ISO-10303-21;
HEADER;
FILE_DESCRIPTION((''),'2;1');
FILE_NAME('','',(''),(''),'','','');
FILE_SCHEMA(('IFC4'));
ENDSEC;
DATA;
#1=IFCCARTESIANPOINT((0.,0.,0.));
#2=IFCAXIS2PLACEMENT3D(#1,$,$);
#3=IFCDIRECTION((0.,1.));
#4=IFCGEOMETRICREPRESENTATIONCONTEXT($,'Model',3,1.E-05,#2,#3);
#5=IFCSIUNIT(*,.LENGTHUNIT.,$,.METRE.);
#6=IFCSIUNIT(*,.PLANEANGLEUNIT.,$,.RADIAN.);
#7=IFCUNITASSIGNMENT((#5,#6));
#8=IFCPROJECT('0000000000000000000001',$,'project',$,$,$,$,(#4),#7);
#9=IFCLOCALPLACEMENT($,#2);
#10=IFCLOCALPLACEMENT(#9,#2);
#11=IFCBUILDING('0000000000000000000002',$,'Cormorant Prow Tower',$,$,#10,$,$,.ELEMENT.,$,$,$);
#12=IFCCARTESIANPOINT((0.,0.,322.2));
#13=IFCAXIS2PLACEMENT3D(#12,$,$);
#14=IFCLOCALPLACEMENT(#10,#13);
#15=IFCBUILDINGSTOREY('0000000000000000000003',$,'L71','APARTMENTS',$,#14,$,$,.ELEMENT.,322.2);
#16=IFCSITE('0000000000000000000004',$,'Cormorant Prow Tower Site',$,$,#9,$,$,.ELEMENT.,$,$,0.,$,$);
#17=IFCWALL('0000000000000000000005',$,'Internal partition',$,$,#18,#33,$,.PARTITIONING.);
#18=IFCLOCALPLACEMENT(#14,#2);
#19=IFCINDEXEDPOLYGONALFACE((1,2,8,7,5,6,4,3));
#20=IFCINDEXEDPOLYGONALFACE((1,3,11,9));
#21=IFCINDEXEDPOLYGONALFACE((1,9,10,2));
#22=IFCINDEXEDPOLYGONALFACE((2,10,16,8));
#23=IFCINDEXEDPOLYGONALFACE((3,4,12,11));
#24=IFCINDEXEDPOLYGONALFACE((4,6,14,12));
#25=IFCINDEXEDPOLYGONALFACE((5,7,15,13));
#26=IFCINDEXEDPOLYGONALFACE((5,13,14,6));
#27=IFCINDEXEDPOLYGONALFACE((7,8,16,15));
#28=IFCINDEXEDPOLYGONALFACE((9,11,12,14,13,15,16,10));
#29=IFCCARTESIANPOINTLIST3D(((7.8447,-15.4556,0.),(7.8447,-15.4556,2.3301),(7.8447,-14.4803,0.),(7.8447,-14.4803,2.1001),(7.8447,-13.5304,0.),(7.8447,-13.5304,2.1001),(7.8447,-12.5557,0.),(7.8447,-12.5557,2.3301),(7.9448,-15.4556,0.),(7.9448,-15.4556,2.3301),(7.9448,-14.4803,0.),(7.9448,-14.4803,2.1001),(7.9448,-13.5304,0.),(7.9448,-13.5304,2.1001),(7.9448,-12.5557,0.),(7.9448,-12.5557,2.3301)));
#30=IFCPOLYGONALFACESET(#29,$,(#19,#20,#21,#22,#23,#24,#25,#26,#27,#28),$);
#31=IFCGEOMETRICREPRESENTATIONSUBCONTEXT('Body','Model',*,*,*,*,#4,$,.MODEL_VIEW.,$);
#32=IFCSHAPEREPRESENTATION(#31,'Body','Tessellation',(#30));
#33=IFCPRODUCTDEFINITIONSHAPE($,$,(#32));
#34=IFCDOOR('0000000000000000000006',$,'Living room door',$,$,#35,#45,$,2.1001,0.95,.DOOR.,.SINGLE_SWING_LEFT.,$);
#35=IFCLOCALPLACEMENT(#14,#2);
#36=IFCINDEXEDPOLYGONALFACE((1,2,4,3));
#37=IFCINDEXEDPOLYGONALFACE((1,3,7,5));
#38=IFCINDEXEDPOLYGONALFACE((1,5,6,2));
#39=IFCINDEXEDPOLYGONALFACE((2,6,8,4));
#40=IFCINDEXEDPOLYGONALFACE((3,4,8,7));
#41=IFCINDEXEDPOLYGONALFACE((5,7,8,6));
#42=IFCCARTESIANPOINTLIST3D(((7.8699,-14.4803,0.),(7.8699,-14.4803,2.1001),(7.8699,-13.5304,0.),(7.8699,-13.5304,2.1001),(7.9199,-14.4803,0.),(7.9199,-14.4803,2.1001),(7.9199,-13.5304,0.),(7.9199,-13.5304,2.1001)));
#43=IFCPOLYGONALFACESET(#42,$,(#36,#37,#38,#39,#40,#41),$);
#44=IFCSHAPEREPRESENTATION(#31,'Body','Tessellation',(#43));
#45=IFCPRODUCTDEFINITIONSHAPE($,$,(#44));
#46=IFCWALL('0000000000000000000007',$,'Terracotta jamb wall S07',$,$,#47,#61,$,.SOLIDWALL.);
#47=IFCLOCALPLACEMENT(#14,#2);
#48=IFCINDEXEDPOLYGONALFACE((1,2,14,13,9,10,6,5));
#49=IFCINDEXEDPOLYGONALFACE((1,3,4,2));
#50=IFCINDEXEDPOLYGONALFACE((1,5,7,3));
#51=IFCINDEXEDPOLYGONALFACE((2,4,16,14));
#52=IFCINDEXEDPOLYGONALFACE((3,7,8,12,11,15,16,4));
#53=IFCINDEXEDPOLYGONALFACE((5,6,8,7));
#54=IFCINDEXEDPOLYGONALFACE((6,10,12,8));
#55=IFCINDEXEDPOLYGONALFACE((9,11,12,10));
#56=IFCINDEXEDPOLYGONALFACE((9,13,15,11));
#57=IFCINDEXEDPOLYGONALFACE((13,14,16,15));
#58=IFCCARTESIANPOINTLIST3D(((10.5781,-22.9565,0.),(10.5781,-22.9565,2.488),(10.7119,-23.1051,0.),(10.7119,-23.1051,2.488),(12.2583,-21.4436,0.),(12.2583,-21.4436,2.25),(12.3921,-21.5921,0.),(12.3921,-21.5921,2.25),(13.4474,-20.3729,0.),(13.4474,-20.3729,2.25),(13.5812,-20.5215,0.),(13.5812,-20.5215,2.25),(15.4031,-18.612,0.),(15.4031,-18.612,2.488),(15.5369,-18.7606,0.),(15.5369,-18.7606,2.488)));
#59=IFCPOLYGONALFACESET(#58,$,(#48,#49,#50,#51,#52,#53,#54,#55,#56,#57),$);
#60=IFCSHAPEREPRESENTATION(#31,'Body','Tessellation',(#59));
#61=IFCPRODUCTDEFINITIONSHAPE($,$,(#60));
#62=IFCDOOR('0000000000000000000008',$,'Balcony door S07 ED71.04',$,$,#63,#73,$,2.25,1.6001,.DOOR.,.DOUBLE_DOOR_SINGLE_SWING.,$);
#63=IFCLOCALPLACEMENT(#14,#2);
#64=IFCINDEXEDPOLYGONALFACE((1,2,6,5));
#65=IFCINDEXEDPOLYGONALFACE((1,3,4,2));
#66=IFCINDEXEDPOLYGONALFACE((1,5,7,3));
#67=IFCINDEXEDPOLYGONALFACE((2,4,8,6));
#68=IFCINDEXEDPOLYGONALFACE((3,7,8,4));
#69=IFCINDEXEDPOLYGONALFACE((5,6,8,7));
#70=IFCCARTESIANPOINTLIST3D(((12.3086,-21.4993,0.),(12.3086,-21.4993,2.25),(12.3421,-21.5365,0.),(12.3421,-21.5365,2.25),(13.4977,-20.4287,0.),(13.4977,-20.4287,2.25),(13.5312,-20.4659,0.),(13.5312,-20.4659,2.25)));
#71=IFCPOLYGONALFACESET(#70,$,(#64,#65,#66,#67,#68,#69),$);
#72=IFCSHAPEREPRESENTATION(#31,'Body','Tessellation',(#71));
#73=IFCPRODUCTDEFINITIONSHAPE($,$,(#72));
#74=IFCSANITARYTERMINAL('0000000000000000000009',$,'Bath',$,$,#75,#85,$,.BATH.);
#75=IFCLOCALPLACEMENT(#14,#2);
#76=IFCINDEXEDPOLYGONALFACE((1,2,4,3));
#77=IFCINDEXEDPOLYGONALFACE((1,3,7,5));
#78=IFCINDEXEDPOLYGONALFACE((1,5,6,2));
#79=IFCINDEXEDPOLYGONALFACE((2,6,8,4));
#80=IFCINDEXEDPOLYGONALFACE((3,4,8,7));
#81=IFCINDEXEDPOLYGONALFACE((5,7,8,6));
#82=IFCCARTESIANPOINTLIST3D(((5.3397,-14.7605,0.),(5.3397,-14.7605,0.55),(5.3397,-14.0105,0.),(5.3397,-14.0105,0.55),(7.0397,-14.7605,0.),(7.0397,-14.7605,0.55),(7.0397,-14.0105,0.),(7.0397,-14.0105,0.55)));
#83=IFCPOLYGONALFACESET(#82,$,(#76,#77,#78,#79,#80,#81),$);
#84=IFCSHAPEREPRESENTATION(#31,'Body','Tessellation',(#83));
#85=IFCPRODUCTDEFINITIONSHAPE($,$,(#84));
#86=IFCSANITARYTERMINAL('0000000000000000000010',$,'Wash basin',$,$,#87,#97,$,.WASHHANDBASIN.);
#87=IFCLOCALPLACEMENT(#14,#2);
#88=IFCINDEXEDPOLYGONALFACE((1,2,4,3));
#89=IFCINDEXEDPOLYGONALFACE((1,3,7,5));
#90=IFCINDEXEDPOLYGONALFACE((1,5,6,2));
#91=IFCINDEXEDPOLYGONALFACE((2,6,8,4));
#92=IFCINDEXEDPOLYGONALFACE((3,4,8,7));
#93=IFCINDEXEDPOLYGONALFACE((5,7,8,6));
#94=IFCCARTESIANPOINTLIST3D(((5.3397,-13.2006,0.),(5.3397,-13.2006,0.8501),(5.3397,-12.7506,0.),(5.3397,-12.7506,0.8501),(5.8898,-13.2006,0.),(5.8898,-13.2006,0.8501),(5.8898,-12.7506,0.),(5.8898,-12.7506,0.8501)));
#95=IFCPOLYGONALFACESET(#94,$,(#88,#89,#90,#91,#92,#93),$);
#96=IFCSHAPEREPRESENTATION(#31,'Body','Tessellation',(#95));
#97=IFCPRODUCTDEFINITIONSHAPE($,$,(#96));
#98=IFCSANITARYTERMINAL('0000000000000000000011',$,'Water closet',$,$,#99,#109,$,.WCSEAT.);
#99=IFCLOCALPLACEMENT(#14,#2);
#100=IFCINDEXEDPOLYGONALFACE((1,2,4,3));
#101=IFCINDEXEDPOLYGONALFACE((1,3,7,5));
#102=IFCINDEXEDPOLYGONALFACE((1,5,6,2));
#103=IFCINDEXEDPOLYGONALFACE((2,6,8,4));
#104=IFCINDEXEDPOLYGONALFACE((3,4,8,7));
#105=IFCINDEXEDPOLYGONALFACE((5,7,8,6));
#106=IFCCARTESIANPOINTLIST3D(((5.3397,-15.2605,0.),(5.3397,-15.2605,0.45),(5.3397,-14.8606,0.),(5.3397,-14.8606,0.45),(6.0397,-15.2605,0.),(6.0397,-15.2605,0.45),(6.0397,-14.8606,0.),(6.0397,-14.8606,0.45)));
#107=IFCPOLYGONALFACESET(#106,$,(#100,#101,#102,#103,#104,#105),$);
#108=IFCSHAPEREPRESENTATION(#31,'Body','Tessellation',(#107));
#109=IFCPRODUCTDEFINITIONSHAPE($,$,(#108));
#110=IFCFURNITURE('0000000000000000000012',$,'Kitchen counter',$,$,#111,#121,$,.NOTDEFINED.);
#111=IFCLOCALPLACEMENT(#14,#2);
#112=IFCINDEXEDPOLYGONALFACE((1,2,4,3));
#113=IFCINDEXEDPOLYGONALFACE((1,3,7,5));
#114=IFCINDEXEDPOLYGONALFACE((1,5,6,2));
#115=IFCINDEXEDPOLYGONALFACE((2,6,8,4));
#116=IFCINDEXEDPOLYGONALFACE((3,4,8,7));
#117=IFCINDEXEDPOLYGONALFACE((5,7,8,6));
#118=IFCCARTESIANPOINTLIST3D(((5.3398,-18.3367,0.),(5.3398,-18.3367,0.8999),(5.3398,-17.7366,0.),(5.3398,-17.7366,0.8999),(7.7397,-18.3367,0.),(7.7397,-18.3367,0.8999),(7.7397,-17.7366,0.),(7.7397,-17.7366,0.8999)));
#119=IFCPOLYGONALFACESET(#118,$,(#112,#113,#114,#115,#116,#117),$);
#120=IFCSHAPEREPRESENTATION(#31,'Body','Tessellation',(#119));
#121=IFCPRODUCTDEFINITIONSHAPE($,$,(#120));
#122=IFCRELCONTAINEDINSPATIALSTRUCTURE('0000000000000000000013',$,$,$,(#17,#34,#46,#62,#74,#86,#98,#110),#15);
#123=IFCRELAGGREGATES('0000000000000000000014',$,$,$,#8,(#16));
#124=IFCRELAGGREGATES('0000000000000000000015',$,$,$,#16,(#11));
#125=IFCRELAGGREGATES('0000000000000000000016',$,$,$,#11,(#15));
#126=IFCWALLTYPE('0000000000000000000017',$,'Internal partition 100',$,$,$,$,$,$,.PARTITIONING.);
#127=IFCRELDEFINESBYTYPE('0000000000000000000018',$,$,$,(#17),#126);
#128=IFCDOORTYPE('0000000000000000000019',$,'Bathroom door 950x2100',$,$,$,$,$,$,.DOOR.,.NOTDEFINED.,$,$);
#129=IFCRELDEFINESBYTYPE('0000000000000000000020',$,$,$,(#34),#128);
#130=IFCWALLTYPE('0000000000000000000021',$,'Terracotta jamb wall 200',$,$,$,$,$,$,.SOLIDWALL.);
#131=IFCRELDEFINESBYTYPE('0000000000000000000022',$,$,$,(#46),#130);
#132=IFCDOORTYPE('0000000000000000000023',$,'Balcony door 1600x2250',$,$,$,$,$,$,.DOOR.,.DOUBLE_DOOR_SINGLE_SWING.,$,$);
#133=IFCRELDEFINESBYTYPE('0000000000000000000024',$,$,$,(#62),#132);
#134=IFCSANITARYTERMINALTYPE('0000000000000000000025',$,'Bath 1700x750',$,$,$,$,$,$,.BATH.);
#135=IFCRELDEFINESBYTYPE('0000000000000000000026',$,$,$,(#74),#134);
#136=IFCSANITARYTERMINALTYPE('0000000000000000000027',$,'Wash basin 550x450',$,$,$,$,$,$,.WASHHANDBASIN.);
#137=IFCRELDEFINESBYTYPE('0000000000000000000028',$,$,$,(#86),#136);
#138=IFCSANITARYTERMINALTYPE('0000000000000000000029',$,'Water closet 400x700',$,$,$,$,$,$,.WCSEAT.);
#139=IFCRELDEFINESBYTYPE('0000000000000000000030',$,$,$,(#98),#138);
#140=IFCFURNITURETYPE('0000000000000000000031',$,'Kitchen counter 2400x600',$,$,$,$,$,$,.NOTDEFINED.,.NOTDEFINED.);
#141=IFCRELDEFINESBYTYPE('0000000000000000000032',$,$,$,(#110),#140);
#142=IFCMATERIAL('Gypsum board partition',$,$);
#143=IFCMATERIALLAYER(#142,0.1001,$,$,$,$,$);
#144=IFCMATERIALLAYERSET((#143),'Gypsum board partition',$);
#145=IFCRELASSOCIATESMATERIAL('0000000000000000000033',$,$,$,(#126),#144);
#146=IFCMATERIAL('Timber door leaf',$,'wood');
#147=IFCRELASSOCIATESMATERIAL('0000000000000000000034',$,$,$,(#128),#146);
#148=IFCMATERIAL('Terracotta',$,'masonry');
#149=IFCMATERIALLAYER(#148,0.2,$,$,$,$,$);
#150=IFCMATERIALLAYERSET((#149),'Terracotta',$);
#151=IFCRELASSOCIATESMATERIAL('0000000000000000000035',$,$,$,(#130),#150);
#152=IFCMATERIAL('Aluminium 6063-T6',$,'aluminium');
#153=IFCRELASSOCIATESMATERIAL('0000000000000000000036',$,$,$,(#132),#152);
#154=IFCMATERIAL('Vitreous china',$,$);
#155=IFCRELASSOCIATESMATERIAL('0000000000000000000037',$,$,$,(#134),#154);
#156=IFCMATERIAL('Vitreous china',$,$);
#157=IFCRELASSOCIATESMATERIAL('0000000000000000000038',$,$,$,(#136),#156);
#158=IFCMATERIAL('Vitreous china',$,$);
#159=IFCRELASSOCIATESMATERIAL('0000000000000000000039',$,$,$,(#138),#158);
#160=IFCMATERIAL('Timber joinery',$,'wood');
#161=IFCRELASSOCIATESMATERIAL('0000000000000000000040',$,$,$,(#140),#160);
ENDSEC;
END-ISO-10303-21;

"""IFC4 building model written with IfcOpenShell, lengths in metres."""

from ifc_helpers import new_model, si_unit, direction, frame, frame_2d, origin, origin_2d, place, context, subcontext, project, spatial, rectangle, extrude, material, layer, layer_set, type_object, element, fill, save


model = new_model("IFC4")

# Units and contexts
model_context = context("Model", 3, precision=1e-05, world=origin(), true_north=direction((0.0, 1.0)))
body_context = subcontext(model_context, "Body", "Model", "MODEL_VIEW")
ifc_project = project(units=[si_unit("LENGTHUNIT", "METRE"), si_unit("PLANEANGLEUNIT", "RADIAN")], contexts=[model_context])

# Site, building, storey
site_placement = place(None, origin())
site = spatial("IfcSite", under=ifc_project, at=site_placement, Name="Cormorant Prow Tower Site", CompositionType="ELEMENT", RefElevation=0.0)
building_placement = place(site_placement, origin())
building = spatial("IfcBuilding", under=site, at=building_placement, Name="Cormorant Prow Tower", CompositionType="ELEMENT")
storey_placement = place(building_placement, frame((0.0, 0.0, 322.2)))
storey = spatial("IfcBuildingStorey", under=building, at=storey_placement, Name="L71", Description="APARTMENTS", CompositionType="ELEMENT", Elevation=322.2)

# Walls, openings, doors
ifc_material_1 = material(Name="Gypsum board partition")
ifc_layer_1 = layer(ifc_material_1, 0.1001)
ifc_layer_set_1 = layer_set([ifc_layer_1], Name="Gypsum board partition")
wall_type_1 = type_object("IfcWallType", Name="Internal partition 100", PredefinedType="PARTITIONING", material=ifc_layer_set_1)
ifc_material_2 = material(Name="Timber door leaf", Category="wood")
door_type_1 = type_object("IfcDoorType", Name="Bathroom door 950x2100", OperationType="NOTDEFINED", PredefinedType="DOOR", material=ifc_material_2)
wall_1_placement = place(storey_placement, frame((7.8948, -15.4556, 0.0), z_axis=(0.0, 0.0, 1.0), x_axis=(0.0, 1.0, 0.0)))
wall_1 = element("IfcWall", 1, at=wall_1_placement, inside=storey, type_object=wall_type_1, Name="Internal partition", PredefinedType="PARTITIONING", context=body_context, shape_type="SweptSolid", body=[
    extrude(rectangle(XDim=2.8999, YDim=0.1001, at=frame_2d((1.45, 0.0))), origin(), (0.0, 0.0, 1.0), 2.3301),
])
opening_1_placement = place(wall_1_placement, frame((0.9751, 0.0, 0.0)))
opening_1 = element("IfcOpeningElement", 2, at=opening_1_placement, cuts=wall_1, PredefinedType="OPENING", context=body_context, shape_type="SweptSolid", body=[
    extrude(rectangle(XDim=0.95, YDim=2.1001, at=frame_2d((0.4751, 1.05))), frame((0.0, 0.0601, 0.0), z_axis=(0.0, -1.0, 0.0), x_axis=(1.0, 0.0, 0.0)), (0.0, 0.0, 1.0), 0.1201),
])
door_1_placement = place(opening_1_placement, origin())
door_1 = element("IfcDoor", 3, at=door_1_placement, inside=storey, type_object=door_type_1, Name="Living room door", OperationType="SINGLE_SWING_LEFT", OverallHeight=2.1001, OverallWidth=0.95, PredefinedType="DOOR", context=body_context, shape_type="SweptSolid", body=[
    extrude(rectangle(XDim=0.95, YDim=2.1001, at=frame_2d((0.4751, 1.05))), frame((0.0, 0.0249, 0.0), z_axis=(0.0, -1.0, 0.0), x_axis=(1.0, 0.0, 0.0)), (0.0, 0.0, 1.0), 0.05),
])
fill(opening_1, door_1)
ifc_material_3 = material(Name="Terracotta", Category="masonry")
ifc_layer_2 = layer(ifc_material_3, 0.2)
ifc_layer_set_2 = layer_set([ifc_layer_2], Name="Terracotta")
wall_type_2 = type_object("IfcWallType", Name="Terracotta jamb wall 200", PredefinedType="SOLIDWALL", material=ifc_layer_set_2)
wall_2_placement = place(storey_placement, frame((10.645, -23.0308, 0.0), z_axis=(0.0, 0.0, 1.0), x_axis=(0.743139, 0.669137, 0.0)))
wall_2 = element("IfcWall", 4, at=wall_2_placement, inside=storey, type_object=wall_type_2, Name="Terracotta jamb wall S07", PredefinedType="SOLIDWALL", context=body_context, shape_type="SweptSolid", body=[
    extrude(rectangle(XDim=6.4927, YDim=0.2, at=frame_2d((3.2463, 0.0))), origin(), (0.0, 0.0, 1.0), 2.488),
])
opening_2_placement = place(wall_2_placement, frame((2.261, 0.0, 0.0)))
opening_2 = element("IfcOpeningElement", 5, at=opening_2_placement, cuts=wall_2, PredefinedType="OPENING", context=body_context, shape_type="SweptSolid", body=[
    extrude(rectangle(XDim=1.6001, YDim=2.25, at=frame_2d((0.8, 1.125))), frame((0.0, 0.1099, 0.0), z_axis=(0.0, -1.0, 0.0), x_axis=(1.0, 0.0, 0.0)), (0.0, 0.0, 1.0), 0.22),
])
ifc_material_4 = material(Name="Aluminium 6063-T6", Category="aluminium")
door_type_2 = type_object("IfcDoorType", Name="Balcony door 1600x2250", OperationType="DOUBLE_DOOR_SINGLE_SWING", PredefinedType="DOOR", material=ifc_material_4)
door_2_placement = place(opening_2_placement, origin())
door_2 = element("IfcDoor", 6, at=door_2_placement, inside=storey, type_object=door_type_2, Name="Balcony door S07 ED71.04", OperationType="DOUBLE_DOOR_SINGLE_SWING", OverallHeight=2.25, OverallWidth=1.6001, PredefinedType="DOOR", context=body_context, shape_type="SweptSolid", body=[
    extrude(rectangle(XDim=1.6001, YDim=2.25, at=frame_2d((0.8, 1.125))), frame((0.0, 0.0249, 0.0), z_axis=(0.0, -1.0, 0.0), x_axis=(1.0, 0.0, 0.0)), (0.0, 0.0, 1.0), 0.05),
])
fill(opening_2, door_2)

# Sanitary terminals
ifc_material_5 = material(Name="Vitreous china")
sanitary_terminal_type_1 = type_object("IfcSanitaryTerminalType", Name="Bath 1700x750", PredefinedType="BATH", material=ifc_material_5)
sanitary_terminal_1_placement = place(storey_placement, frame((6.1897, -14.3855, 0.0), z_axis=(0.0, 0.0, 1.0), x_axis=(1.0, 0.0, 0.0)))
element("IfcSanitaryTerminal", 7, at=sanitary_terminal_1_placement, inside=storey, type_object=sanitary_terminal_type_1, Name="Bath", PredefinedType="BATH", context=body_context, shape_type="SweptSolid", body=[
    extrude(rectangle(XDim=1.7, YDim=0.75, at=origin_2d()), origin(), (0.0, 0.0, 1.0), 0.55),
])
ifc_material_6 = material(Name="Vitreous china")
sanitary_terminal_type_2 = type_object("IfcSanitaryTerminalType", Name="Wash basin 550x450", PredefinedType="WASHHANDBASIN", material=ifc_material_6)
sanitary_terminal_2_placement = place(storey_placement, frame((5.6147, -12.9756, 0.0), z_axis=(0.0, 0.0, 1.0), x_axis=(1.0, 0.0, 0.0)))
element("IfcSanitaryTerminal", 8, at=sanitary_terminal_2_placement, inside=storey, type_object=sanitary_terminal_type_2, Name="Wash basin", PredefinedType="WASHHANDBASIN", context=body_context, shape_type="SweptSolid", body=[
    extrude(rectangle(XDim=0.55, YDim=0.45, at=origin_2d()), origin(), (0.0, 0.0, 1.0), 0.8501),
])
ifc_material_7 = material(Name="Vitreous china")
sanitary_terminal_type_3 = type_object("IfcSanitaryTerminalType", Name="Water closet 400x700", PredefinedType="WCSEAT", material=ifc_material_7)
sanitary_terminal_3_placement = place(storey_placement, frame((5.6897, -15.0605, 0.0), z_axis=(0.0, 0.0, 1.0), x_axis=(0.0, 1.0, 0.0)))
element("IfcSanitaryTerminal", 9, at=sanitary_terminal_3_placement, inside=storey, type_object=sanitary_terminal_type_3, Name="Water closet", PredefinedType="WCSEAT", context=body_context, shape_type="SweptSolid", body=[
    extrude(rectangle(XDim=0.3999, YDim=0.7, at=origin_2d()), origin(), (0.0, 0.0, 1.0), 0.45),
])

# Furniture
ifc_material_8 = material(Name="Timber joinery", Category="wood")
furniture_type = type_object("IfcFurnitureType", Name="Kitchen counter 2400x600", AssemblyPlace="NOTDEFINED", PredefinedType="NOTDEFINED", material=ifc_material_8)
furniture_placement = place(storey_placement, frame((6.5398, -18.0366, 0.0), z_axis=(0.0, 0.0, 1.0), x_axis=(1.0, 0.0, 0.0)))
element("IfcFurniture", 10, at=furniture_placement, inside=storey, type_object=furniture_type, Name="Kitchen counter", PredefinedType="NOTDEFINED", context=body_context, shape_type="SweptSolid", body=[
    extrude(rectangle(XDim=2.3999, YDim=0.6001, at=origin_2d()), origin(), (0.0, 0.0, 1.0), 0.8999),
])

save(model, "model.ifc")
